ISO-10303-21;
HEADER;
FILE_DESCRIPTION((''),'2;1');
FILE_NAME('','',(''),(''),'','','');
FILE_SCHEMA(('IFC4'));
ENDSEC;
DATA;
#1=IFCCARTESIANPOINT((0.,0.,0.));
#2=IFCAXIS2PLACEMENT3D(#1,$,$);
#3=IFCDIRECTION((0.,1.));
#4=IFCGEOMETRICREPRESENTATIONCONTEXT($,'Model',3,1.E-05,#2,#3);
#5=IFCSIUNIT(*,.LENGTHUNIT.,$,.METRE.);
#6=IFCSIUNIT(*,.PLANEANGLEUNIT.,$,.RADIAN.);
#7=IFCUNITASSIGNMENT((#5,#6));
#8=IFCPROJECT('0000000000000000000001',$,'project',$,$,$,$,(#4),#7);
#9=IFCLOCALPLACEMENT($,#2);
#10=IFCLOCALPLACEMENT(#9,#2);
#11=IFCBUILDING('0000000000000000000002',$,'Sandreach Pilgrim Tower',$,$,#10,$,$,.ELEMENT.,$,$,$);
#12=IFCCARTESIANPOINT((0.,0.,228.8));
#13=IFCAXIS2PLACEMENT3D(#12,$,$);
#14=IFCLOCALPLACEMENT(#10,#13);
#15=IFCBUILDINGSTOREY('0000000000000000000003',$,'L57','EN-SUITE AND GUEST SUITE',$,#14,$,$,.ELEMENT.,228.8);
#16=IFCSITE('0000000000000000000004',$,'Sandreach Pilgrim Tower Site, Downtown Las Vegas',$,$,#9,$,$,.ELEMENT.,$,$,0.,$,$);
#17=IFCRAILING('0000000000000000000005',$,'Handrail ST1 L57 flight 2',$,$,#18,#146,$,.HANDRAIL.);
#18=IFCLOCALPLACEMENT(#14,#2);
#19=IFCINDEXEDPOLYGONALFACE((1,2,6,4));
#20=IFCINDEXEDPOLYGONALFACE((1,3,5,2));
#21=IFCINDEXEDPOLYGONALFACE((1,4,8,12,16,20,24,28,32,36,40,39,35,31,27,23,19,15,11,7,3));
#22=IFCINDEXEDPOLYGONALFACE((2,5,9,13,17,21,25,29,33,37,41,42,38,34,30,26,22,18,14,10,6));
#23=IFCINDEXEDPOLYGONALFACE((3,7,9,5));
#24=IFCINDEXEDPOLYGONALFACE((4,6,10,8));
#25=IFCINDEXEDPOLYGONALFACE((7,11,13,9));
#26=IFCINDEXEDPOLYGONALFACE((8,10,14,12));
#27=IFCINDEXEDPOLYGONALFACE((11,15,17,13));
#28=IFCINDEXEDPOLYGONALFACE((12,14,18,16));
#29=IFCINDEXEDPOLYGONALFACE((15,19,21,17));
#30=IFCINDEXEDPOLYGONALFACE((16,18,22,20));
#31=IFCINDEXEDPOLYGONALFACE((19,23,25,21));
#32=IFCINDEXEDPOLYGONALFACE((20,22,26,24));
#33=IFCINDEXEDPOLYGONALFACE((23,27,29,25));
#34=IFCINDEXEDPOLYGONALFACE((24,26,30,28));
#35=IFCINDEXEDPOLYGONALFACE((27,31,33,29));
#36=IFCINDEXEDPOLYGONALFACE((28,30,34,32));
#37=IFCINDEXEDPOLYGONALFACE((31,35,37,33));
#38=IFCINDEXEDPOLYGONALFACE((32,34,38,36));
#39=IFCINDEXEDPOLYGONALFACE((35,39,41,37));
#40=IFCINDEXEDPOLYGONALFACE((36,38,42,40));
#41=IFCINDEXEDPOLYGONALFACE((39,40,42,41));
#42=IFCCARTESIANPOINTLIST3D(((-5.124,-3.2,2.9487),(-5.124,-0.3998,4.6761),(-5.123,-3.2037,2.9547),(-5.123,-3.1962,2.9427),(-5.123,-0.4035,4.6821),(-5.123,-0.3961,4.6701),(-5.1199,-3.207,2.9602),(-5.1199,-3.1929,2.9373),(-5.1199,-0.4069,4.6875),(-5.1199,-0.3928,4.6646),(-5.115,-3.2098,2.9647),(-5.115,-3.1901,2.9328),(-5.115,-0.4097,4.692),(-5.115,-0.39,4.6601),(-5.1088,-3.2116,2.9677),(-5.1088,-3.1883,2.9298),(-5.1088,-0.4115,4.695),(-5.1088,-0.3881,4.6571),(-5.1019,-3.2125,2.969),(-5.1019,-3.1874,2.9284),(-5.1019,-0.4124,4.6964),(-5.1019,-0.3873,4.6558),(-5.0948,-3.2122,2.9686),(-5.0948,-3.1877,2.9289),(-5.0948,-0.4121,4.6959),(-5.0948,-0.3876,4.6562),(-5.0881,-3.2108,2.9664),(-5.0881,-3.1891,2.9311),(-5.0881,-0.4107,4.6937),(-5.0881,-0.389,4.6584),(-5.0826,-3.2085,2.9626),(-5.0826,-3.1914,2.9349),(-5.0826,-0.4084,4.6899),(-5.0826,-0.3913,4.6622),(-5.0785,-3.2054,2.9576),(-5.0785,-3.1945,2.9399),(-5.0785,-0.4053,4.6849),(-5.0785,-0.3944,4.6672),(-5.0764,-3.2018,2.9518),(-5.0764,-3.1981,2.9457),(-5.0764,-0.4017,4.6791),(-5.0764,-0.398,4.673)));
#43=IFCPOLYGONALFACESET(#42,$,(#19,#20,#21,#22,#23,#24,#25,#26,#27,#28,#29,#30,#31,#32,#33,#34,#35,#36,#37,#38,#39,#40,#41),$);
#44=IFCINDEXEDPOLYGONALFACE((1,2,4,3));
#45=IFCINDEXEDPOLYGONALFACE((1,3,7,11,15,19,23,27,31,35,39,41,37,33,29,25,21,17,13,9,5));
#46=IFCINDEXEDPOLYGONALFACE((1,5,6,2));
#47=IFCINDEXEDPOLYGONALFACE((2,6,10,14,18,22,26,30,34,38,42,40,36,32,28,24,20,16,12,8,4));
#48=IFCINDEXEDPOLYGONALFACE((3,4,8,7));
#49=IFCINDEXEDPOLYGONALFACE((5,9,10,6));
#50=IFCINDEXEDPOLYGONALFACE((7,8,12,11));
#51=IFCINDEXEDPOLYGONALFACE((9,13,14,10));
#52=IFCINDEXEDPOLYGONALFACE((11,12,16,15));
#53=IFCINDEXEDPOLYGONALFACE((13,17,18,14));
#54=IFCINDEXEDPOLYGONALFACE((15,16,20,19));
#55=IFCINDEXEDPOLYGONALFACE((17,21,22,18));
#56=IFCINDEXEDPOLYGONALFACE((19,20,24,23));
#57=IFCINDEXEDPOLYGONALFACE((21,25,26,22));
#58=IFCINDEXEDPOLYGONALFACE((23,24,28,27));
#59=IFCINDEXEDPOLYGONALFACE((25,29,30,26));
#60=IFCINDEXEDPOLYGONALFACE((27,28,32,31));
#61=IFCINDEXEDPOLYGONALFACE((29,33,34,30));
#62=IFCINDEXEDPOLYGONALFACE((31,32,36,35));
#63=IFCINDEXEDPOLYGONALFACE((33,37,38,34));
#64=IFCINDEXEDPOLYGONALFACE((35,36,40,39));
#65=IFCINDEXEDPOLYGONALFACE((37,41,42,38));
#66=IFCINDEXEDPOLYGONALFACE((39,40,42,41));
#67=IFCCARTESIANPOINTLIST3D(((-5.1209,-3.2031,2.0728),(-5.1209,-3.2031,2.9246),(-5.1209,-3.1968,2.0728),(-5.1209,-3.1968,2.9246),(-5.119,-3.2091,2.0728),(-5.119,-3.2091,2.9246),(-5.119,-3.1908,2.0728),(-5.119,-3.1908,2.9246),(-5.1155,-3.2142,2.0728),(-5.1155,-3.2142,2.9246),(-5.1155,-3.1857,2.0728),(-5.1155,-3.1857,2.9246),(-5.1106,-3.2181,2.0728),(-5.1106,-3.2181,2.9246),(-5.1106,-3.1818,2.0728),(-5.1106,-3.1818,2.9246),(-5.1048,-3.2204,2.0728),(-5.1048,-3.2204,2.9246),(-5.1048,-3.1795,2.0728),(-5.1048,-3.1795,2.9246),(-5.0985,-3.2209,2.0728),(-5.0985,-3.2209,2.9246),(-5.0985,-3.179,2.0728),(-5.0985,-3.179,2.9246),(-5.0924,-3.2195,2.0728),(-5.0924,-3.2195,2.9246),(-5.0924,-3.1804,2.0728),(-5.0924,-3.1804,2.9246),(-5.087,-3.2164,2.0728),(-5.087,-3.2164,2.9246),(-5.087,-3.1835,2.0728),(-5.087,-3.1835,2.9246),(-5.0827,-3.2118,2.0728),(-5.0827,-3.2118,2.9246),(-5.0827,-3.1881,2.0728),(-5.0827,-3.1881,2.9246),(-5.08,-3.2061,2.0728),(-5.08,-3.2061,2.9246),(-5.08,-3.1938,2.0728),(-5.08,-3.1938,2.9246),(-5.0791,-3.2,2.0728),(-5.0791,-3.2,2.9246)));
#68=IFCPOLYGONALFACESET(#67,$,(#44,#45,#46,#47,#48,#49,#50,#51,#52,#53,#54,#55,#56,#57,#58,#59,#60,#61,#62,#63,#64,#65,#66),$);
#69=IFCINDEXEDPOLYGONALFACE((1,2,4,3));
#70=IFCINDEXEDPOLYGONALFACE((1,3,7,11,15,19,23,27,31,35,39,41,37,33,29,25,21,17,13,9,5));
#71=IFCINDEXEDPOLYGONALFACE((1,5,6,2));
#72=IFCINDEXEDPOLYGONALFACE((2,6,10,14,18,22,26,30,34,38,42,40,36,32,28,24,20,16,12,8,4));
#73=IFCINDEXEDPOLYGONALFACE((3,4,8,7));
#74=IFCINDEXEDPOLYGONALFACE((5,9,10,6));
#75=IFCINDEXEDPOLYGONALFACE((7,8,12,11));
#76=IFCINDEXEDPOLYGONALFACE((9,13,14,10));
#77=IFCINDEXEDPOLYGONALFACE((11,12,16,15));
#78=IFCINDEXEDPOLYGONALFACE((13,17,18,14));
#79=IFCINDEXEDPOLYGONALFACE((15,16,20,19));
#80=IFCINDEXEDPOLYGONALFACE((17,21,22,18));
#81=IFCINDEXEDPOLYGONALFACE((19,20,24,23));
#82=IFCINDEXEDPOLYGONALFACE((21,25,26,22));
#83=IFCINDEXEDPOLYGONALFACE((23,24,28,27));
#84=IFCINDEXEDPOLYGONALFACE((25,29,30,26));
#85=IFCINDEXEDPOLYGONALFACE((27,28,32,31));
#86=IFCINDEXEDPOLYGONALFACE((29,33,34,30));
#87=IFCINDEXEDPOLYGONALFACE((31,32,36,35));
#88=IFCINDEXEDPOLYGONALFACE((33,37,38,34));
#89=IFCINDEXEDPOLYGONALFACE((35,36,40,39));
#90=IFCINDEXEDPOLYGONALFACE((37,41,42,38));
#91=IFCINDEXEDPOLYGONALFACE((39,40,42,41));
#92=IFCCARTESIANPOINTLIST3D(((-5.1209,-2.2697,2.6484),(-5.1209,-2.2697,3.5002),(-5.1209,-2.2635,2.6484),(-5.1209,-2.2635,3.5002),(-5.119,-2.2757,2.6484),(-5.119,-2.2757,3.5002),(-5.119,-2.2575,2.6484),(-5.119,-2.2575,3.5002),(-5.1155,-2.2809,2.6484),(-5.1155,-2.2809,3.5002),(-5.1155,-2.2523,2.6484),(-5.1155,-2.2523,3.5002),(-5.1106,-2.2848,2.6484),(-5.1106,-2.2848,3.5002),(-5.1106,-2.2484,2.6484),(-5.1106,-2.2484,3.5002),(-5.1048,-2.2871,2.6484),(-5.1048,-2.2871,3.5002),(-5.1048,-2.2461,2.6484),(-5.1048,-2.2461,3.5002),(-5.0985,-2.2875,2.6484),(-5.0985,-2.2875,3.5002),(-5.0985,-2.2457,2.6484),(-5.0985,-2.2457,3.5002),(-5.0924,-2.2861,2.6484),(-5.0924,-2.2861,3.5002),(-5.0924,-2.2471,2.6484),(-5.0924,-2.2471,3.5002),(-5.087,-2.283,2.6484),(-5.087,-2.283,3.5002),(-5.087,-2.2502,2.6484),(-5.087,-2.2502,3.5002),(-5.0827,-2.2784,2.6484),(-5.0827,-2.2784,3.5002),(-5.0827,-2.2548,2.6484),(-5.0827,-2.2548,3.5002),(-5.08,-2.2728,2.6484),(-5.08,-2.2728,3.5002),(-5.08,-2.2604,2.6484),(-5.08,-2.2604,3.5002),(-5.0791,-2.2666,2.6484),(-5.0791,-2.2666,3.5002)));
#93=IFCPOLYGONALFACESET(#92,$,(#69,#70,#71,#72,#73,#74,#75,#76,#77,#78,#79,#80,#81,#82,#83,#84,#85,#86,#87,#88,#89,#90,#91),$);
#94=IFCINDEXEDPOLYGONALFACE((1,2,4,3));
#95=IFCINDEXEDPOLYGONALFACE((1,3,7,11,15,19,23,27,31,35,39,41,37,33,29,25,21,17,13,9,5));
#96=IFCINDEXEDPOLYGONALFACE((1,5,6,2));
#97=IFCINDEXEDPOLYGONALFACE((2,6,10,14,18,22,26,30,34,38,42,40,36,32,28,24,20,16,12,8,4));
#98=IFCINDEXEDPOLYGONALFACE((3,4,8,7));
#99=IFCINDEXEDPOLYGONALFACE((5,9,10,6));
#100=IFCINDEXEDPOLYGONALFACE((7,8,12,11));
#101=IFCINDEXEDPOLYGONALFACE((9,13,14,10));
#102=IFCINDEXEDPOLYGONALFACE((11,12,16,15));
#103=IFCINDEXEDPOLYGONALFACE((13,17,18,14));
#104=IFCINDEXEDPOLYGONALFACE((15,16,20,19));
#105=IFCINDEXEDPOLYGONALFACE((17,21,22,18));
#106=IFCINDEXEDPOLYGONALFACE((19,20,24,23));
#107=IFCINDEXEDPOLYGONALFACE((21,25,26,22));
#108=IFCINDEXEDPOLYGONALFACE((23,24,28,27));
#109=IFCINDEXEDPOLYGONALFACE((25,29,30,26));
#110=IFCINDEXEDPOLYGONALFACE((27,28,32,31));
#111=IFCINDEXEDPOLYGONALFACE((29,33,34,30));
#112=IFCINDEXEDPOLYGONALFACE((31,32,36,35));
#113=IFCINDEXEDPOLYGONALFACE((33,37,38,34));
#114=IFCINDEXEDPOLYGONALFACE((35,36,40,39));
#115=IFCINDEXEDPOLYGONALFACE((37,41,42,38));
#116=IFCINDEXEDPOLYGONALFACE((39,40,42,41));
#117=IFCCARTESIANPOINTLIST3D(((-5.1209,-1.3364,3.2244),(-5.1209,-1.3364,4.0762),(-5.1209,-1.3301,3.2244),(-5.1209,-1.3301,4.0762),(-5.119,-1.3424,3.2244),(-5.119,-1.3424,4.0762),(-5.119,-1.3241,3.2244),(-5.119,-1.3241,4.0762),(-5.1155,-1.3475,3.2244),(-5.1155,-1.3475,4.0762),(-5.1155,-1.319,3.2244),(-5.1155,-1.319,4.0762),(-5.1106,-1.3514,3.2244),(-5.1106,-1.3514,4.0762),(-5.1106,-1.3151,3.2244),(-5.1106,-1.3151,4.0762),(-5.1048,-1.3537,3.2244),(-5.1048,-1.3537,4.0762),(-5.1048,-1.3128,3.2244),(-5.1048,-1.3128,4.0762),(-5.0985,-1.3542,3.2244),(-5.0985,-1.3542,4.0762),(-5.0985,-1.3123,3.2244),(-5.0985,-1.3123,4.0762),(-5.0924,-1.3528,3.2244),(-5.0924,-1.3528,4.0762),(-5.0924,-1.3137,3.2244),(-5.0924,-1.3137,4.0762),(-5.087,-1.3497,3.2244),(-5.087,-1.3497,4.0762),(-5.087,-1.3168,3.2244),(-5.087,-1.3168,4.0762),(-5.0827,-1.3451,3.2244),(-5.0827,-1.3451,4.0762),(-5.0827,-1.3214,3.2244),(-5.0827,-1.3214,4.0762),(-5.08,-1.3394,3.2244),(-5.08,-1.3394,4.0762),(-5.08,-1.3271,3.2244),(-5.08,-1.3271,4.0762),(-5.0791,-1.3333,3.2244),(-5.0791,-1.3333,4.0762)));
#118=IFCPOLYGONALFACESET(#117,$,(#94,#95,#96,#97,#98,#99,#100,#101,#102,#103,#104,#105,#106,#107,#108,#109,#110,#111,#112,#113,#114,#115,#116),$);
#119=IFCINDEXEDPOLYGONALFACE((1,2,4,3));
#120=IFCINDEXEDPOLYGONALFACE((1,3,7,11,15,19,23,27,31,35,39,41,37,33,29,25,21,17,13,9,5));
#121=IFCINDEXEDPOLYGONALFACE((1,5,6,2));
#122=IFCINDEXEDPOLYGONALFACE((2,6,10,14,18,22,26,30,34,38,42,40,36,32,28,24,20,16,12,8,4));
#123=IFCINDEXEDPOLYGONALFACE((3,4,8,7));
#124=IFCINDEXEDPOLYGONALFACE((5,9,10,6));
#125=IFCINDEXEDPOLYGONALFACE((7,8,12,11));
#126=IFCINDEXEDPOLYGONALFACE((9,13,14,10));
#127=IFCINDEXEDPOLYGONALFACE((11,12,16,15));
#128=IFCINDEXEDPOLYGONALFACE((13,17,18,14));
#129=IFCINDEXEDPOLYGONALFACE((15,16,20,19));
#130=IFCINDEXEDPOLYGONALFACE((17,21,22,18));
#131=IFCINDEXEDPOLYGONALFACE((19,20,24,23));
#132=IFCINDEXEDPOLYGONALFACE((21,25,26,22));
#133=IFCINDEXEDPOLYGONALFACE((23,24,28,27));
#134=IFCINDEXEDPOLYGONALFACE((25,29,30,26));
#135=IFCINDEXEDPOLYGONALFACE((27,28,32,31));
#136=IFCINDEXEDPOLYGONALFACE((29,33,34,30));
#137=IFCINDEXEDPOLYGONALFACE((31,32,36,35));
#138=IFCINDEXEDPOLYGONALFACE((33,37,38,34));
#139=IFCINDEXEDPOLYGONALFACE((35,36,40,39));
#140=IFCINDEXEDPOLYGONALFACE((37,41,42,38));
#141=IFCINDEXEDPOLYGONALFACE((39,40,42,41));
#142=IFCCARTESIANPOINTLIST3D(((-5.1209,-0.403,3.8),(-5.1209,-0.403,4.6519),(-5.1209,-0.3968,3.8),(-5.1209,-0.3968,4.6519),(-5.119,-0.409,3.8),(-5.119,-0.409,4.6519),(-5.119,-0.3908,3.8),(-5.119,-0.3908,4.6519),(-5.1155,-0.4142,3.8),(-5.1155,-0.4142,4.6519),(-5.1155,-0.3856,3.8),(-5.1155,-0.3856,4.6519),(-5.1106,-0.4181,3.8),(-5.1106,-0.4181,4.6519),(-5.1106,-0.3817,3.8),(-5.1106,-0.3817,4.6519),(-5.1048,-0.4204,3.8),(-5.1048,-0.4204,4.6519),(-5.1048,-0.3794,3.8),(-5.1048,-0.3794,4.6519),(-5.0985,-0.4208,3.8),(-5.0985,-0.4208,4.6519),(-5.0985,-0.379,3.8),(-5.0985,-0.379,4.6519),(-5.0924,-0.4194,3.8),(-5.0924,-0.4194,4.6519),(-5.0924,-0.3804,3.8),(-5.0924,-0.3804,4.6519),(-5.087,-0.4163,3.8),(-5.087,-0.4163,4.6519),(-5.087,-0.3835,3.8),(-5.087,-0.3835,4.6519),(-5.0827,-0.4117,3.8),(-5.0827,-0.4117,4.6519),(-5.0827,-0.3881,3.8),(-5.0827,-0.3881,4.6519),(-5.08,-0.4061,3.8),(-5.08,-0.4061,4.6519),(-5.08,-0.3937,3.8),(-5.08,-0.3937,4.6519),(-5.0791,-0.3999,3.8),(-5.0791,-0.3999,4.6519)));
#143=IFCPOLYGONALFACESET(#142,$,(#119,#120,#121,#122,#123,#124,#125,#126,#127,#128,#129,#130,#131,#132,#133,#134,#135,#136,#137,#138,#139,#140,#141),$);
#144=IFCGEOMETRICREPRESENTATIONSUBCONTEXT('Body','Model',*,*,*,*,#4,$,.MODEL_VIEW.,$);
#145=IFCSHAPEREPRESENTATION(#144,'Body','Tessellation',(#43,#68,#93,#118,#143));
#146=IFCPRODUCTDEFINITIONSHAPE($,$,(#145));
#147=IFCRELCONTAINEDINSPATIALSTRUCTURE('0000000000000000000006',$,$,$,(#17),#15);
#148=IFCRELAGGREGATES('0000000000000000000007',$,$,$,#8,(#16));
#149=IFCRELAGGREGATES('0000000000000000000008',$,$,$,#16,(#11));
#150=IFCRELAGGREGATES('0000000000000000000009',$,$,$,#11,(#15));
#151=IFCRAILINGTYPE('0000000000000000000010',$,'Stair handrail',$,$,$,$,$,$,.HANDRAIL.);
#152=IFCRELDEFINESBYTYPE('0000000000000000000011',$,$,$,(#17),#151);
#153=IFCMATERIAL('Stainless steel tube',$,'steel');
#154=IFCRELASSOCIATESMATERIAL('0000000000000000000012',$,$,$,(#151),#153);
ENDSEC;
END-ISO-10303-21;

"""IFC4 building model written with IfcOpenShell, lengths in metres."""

from ifc_helpers import new_model, si_unit, direction, frame, origin, origin_2d, place, context, subcontext, project, spatial, circle, extrude, material, type_object, element, save


model = new_model("IFC4")

# Units and contexts
model_context = context("Model", 3, precision=1e-05, world=origin(), true_north=direction((0.0, 1.0)))
body_context = subcontext(model_context, "Body", "Model", "MODEL_VIEW")
ifc_project = project(units=[si_unit("LENGTHUNIT", "METRE"), si_unit("PLANEANGLEUNIT", "RADIAN")], contexts=[model_context])

# Site, building, storey
site_placement = place(None, origin())
site = spatial("IfcSite", under=ifc_project, at=site_placement, Name="Sandreach Pilgrim Tower Site, Downtown Las Vegas", CompositionType="ELEMENT", RefElevation=0.0)
building_placement = place(site_placement, origin())
building = spatial("IfcBuilding", under=site, at=building_placement, Name="Sandreach Pilgrim Tower", CompositionType="ELEMENT")
storey_placement = place(building_placement, frame((0.0, 0.0, 228.8)))
storey = spatial("IfcBuildingStorey", under=building, at=storey_placement, Name="L57", Description="EN-SUITE AND GUEST SUITE", CompositionType="ELEMENT", Elevation=228.8)

# Railing
ifc_material_1 = material(Name="Stainless steel tube", Category="steel")
railing_type = type_object("IfcRailingType", Name="Stair handrail", PredefinedType="HANDRAIL", material=ifc_material_1)
for number, where, name in (
    (1, (-5.1001, -3.2, 2.0728), "Handrail ST1 L57 flight 2"),
):
    element("IfcRailing", number, at=place(storey_placement, frame(where)), inside=storey, type_object=railing_type, Name=name, PredefinedType="HANDRAIL", context=body_context, shape_type="SweptSolid", body=[
        extrude(circle(Radius=0.0239, at=origin_2d()), frame((0.0, 0.0, 0.876), z_axis=(0.0, 0.85109, 0.52502), x_axis=(-1.0, 0.0, 0.0)), (0.0, 0.0, 1.0), 3.29),
        extrude(circle(Radius=0.021, at=origin_2d()), origin(), (0.0, 0.0, 1.0), 0.8518),
        extrude(circle(Radius=0.021, at=origin_2d()), frame((0.0, 0.9333, 0.5757)), (0.0, 0.0, 1.0), 0.8518),
        extrude(circle(Radius=0.021, at=origin_2d()), frame((0.0, 1.8667, 1.1516)), (0.0, 0.0, 1.0), 0.8518),
        extrude(circle(Radius=0.021, at=origin_2d()), frame((0.0, 2.8, 1.7273)), (0.0, 0.0, 1.0), 0.8518),
    ])

save(model, "model.ifc")
